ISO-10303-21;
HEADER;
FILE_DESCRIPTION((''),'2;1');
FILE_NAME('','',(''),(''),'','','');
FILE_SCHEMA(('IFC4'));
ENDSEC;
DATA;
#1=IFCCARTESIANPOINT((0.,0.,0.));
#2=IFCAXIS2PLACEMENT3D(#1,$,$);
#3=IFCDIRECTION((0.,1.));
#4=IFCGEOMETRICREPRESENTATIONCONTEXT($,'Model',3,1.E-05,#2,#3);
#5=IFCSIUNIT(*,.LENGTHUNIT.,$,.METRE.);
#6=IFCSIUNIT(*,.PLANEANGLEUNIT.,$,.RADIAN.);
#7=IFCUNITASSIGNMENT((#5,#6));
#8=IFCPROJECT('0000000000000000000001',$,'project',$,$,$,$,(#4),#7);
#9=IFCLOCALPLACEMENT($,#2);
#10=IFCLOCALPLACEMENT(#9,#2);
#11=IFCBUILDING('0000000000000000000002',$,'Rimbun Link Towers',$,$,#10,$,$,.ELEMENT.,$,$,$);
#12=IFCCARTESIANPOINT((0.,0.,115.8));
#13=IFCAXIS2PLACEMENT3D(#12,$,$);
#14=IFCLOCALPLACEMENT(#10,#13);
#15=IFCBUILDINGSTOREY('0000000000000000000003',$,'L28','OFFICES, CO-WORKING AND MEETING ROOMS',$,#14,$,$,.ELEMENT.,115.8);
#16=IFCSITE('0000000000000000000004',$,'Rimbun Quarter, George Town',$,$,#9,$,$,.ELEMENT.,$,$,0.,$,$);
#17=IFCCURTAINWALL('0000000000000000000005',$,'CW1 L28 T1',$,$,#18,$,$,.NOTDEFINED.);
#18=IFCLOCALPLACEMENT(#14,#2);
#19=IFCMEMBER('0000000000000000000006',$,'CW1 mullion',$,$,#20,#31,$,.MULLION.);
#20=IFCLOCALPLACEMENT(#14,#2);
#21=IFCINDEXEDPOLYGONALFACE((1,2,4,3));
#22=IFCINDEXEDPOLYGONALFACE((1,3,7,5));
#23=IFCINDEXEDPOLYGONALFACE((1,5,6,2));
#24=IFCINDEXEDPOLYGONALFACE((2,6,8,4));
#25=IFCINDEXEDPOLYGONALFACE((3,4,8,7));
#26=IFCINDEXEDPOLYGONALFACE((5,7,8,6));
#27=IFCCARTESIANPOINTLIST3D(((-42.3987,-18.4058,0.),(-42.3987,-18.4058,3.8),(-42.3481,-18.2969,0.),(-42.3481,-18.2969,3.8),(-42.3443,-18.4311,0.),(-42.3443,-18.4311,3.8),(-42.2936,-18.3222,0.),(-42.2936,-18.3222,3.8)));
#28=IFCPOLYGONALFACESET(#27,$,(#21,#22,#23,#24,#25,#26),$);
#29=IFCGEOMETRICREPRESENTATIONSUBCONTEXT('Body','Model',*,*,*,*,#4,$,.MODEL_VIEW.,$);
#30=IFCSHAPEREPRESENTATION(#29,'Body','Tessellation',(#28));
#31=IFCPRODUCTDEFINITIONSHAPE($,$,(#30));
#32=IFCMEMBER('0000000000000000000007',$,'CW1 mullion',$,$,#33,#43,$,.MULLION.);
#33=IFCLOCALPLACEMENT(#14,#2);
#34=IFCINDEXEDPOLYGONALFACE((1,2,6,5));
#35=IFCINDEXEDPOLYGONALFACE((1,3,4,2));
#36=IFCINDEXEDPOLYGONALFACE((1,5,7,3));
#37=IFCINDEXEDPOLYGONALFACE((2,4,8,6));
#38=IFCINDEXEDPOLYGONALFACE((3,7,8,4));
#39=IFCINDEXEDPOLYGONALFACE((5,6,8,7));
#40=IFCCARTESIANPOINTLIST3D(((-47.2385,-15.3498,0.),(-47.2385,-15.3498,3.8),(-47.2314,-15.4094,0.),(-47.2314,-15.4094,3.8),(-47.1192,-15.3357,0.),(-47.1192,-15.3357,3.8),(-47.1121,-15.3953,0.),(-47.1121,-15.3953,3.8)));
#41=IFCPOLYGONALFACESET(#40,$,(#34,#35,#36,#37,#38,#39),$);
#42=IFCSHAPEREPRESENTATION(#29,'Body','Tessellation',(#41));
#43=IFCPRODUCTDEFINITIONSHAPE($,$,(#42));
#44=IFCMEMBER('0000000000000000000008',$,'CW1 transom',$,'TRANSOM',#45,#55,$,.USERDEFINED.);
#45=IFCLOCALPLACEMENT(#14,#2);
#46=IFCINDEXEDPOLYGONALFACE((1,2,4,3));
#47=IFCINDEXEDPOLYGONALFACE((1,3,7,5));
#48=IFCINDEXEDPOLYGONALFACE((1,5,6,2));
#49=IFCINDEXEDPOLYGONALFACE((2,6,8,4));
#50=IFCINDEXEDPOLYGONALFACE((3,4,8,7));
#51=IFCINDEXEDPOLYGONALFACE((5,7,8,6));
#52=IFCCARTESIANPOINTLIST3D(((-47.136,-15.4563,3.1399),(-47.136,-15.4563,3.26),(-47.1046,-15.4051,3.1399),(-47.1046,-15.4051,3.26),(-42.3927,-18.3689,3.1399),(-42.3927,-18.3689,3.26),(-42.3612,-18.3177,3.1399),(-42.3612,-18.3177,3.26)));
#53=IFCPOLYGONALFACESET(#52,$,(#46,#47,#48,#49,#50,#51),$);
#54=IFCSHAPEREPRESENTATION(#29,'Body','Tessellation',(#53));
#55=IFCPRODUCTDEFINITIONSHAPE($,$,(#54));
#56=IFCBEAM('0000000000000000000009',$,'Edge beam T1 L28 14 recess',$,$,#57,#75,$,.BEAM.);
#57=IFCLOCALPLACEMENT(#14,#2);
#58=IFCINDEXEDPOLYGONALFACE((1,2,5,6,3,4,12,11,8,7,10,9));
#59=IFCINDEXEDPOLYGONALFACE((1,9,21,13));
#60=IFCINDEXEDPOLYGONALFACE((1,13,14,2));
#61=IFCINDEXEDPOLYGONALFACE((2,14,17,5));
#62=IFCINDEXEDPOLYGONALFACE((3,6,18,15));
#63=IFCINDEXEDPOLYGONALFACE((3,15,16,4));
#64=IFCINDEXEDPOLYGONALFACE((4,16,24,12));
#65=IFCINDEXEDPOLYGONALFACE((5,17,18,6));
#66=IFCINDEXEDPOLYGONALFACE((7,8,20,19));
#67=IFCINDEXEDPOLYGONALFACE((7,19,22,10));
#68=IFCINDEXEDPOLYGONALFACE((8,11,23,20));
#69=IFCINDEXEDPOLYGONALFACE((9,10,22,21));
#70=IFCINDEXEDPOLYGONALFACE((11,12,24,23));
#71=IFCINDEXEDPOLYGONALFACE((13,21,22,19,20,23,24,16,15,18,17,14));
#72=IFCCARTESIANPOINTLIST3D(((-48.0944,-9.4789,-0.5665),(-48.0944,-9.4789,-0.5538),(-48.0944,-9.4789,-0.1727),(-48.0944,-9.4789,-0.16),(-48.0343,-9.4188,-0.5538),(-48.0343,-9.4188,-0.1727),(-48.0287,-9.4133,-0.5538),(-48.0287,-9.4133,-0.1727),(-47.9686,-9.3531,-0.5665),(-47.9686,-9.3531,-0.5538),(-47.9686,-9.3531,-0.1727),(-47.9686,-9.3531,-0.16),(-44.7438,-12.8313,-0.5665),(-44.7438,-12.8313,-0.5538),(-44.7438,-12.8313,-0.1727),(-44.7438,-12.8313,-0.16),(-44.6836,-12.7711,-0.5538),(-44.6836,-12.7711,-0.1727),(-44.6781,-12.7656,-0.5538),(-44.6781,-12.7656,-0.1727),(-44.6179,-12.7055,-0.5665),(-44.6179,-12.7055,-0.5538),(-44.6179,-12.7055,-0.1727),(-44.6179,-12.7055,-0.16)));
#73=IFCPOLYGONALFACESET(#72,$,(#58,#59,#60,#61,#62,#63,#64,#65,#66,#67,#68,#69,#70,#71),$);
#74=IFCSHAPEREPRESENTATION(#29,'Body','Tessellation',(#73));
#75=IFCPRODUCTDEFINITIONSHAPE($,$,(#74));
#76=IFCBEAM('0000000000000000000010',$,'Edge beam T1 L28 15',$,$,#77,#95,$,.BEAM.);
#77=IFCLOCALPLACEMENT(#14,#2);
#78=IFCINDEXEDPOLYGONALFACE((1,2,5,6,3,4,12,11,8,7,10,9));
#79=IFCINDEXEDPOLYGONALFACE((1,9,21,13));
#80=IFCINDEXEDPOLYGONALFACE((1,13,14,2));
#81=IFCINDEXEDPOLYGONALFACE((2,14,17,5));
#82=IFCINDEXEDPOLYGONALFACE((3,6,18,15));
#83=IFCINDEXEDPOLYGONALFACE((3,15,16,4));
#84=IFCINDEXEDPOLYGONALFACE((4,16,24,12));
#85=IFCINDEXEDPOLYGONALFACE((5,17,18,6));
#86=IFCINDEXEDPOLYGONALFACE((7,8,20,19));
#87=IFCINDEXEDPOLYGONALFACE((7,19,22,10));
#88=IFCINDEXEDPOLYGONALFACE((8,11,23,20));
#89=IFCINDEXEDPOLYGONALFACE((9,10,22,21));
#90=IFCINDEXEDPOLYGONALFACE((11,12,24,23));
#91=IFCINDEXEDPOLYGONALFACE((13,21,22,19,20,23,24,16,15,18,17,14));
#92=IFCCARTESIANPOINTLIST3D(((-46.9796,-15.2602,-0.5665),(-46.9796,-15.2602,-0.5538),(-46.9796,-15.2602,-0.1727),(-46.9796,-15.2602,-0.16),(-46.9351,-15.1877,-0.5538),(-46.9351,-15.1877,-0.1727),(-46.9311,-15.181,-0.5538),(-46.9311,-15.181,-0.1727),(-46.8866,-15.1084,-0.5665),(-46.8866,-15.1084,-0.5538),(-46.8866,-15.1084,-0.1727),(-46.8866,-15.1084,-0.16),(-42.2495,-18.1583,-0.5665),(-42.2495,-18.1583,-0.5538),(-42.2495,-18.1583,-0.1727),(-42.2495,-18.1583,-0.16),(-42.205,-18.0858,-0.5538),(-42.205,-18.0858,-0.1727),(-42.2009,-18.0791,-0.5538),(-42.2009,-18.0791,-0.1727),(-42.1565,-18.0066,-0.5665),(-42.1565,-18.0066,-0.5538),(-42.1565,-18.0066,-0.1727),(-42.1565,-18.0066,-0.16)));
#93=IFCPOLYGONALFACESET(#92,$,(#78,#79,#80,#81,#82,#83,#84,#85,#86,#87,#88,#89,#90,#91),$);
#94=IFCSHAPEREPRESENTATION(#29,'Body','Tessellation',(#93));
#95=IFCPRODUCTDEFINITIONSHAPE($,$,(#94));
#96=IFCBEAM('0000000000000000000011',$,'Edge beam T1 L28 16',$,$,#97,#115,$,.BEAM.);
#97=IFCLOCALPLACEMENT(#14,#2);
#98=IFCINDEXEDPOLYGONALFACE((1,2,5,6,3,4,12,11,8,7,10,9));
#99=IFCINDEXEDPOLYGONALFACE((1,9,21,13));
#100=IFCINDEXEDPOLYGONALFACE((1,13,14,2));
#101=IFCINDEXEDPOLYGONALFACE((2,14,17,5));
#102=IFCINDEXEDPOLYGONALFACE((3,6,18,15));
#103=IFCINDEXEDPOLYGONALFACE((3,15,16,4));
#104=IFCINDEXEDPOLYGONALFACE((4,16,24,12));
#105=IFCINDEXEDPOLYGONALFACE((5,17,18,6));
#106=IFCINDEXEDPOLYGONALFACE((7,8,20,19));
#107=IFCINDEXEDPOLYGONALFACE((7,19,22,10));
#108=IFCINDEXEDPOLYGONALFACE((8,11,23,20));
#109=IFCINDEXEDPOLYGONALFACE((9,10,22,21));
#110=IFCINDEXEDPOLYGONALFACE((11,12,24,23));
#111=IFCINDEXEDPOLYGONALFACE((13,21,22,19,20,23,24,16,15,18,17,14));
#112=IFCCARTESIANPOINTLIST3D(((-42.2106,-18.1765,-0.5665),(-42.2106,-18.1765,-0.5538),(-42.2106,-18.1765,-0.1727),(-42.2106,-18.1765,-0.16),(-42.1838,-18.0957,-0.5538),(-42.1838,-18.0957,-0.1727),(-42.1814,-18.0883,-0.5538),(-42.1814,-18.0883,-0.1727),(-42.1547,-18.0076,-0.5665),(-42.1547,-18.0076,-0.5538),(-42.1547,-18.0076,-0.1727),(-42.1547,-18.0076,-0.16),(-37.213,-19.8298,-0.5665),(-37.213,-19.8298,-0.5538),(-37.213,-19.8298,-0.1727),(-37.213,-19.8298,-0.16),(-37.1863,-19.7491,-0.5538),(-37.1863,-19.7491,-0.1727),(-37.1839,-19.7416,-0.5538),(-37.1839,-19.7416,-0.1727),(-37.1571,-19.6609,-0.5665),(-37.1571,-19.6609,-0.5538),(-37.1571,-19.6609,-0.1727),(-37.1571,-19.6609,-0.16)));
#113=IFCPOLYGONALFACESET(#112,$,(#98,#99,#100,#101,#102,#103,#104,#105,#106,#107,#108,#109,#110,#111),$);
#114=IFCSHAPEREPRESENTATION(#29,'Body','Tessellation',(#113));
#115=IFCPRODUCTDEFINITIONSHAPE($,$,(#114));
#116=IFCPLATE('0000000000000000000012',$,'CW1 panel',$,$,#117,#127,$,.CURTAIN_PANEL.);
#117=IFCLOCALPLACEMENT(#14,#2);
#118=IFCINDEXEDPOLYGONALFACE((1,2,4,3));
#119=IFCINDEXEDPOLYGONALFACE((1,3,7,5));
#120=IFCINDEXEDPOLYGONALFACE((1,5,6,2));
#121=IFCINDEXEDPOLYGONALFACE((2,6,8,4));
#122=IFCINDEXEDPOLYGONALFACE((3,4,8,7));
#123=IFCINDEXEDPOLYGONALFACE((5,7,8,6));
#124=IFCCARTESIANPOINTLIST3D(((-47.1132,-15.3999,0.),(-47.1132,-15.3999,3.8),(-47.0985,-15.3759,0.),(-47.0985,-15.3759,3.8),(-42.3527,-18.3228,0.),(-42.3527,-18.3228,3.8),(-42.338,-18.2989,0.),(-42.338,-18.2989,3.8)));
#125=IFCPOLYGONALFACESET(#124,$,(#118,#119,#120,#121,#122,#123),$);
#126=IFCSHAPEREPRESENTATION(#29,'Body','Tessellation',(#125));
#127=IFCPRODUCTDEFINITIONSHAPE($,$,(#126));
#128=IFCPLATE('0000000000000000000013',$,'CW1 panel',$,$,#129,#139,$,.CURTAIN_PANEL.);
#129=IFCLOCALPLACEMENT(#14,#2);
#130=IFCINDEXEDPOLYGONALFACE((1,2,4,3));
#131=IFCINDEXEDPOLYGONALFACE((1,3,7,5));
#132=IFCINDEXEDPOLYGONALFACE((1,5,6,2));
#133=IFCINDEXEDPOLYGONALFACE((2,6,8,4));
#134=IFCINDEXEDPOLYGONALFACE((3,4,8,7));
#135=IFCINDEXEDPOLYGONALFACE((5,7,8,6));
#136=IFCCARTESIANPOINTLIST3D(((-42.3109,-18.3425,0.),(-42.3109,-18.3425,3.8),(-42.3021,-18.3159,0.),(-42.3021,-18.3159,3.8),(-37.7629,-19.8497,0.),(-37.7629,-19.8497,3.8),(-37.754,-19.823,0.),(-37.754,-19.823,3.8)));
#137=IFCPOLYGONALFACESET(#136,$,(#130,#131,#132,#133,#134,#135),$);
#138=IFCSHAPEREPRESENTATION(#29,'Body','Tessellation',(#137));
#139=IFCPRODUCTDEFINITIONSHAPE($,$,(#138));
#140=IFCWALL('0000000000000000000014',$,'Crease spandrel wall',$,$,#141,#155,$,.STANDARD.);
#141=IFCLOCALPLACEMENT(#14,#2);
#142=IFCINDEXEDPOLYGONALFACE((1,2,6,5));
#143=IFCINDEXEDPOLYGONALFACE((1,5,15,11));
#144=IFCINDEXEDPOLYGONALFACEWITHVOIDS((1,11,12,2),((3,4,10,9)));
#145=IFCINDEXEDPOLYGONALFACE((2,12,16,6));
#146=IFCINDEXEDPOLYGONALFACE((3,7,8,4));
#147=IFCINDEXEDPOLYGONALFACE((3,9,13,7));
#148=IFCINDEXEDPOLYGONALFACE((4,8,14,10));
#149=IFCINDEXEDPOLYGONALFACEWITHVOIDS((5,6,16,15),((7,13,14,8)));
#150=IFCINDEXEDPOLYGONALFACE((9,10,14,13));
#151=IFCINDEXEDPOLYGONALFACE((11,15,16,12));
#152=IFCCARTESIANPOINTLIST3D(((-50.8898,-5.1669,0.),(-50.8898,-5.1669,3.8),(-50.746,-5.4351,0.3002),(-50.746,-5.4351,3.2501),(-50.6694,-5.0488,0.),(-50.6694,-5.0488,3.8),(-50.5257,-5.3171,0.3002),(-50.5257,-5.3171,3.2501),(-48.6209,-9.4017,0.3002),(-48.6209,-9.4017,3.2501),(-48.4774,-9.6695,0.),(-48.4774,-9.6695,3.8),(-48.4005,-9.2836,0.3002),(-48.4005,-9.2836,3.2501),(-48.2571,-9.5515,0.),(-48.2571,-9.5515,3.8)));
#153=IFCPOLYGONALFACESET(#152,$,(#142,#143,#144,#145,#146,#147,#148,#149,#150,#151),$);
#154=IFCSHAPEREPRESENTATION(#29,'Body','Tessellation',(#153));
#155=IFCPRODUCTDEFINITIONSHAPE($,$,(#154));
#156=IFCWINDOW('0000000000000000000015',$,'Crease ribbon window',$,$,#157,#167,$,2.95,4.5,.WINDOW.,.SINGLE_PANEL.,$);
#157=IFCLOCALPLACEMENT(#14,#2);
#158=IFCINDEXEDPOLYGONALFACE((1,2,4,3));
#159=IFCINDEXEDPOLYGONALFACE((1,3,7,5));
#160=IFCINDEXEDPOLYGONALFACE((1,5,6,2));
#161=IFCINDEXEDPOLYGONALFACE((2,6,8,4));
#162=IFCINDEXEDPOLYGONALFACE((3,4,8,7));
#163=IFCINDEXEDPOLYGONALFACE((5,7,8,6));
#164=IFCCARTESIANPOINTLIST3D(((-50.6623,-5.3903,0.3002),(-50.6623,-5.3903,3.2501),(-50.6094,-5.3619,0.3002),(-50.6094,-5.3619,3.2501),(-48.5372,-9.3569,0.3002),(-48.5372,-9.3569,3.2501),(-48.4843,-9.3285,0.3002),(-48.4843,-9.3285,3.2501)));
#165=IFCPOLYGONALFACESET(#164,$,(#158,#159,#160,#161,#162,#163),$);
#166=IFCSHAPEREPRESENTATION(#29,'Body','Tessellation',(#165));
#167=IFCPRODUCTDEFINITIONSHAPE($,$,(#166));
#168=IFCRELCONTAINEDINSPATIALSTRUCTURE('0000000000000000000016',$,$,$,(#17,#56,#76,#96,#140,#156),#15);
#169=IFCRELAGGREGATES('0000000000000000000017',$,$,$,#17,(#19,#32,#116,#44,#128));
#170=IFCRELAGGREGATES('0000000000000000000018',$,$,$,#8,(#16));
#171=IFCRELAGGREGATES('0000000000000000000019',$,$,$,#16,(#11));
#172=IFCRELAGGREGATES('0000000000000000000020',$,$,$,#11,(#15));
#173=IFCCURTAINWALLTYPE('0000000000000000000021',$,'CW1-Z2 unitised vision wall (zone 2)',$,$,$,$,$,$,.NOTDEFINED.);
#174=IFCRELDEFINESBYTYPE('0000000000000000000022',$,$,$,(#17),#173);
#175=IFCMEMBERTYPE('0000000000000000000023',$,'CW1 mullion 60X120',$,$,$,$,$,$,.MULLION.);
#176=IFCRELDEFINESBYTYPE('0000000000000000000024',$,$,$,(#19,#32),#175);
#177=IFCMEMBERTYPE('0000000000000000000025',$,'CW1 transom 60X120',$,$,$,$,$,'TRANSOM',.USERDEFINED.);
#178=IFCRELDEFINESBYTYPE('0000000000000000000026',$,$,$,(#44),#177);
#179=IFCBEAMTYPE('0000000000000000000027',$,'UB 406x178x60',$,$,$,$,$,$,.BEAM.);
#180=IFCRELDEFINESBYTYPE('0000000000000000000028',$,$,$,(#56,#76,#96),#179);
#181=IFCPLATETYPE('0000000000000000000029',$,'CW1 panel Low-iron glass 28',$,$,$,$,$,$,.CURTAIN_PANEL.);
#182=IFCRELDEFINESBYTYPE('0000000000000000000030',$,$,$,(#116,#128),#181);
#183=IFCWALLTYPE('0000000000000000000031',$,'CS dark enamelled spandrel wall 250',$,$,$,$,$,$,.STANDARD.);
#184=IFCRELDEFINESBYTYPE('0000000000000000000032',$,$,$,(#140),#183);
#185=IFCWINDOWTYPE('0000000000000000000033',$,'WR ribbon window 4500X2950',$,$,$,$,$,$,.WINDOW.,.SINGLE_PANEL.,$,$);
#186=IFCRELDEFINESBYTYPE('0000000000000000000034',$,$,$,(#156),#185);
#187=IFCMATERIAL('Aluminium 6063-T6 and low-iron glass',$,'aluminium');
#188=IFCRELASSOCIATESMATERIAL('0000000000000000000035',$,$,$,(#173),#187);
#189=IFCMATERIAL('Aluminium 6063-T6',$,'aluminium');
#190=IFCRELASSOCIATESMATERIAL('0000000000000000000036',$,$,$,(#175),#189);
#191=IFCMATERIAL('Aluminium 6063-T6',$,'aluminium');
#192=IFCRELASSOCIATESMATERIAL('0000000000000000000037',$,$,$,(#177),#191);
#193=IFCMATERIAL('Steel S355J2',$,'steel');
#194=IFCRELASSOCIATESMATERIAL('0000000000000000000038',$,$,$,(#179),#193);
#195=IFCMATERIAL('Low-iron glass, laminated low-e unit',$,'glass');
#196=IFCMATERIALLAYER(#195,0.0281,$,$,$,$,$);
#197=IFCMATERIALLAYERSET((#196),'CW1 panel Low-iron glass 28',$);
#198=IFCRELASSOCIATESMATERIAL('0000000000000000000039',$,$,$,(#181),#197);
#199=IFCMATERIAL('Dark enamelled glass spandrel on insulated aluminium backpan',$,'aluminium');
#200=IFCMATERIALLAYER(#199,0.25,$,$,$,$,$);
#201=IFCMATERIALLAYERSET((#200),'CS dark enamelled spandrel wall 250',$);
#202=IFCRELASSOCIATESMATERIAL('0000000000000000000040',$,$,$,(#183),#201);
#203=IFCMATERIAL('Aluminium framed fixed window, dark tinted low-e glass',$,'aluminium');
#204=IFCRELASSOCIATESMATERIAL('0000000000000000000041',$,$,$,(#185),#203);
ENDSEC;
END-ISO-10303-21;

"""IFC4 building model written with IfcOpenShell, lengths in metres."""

from ifc_helpers import new_model, si_unit, direction, frame, frame_2d, origin, origin_2d, place, context, subcontext, project, spatial, rectangle, i_section, extrude, material, layer, layer_set, material_profile, profile_set, type_object, element, fill, aggregate, save


model = new_model("IFC4")

# Units and contexts
model_context = context("Model", 3, precision=1e-05, world=origin(), true_north=direction((0.0, 1.0)))
body_context = subcontext(model_context, "Body", "Model", "MODEL_VIEW")
ifc_project = project(units=[si_unit("LENGTHUNIT", "METRE"), si_unit("PLANEANGLEUNIT", "RADIAN")], contexts=[model_context])

# Site, building, storey
site_placement = place(None, origin())
site = spatial("IfcSite", under=ifc_project, at=site_placement, Name="Rimbun Quarter, George Town", CompositionType="ELEMENT", RefElevation=0.0)
building_placement = place(site_placement, origin())
building = spatial("IfcBuilding", under=site, at=building_placement, Name="Rimbun Link Towers", CompositionType="ELEMENT")
storey_placement = place(building_placement, frame((0.0, 0.0, 115.8)))
storey = spatial("IfcBuildingStorey", under=building, at=storey_placement, Name="L28", Description="OFFICES, CO-WORKING AND MEETING ROOMS", CompositionType="ELEMENT", Elevation=115.8)

# Curtain wall, members
ifc_material_1 = material(Name="Aluminium 6063-T6 and low-iron glass", Category="aluminium")
curtain_wall_type = type_object("IfcCurtainWallType", Name="CW1-Z2 unitised vision wall (zone 2)", PredefinedType="NOTDEFINED", material=ifc_material_1)
curtain_wall_placement = place(storey_placement, origin())
curtain_wall = element("IfcCurtainWall", 1, at=curtain_wall_placement, inside=storey, type_object=curtain_wall_type, Name="CW1 L28 T1", PredefinedType="NOTDEFINED")
ifc_material_2 = material(Name="Aluminium 6063-T6", Category="aluminium")
ifc_material_profile_1 = material_profile(ifc_material_2, rectangle(XDim=0.1201, YDim=0.0601, at=origin_2d()), Name="MULLION 60X120")
ifc_profile_set_1 = profile_set([ifc_material_profile_1], Name="Aluminium 6063-T6")
member_type_1 = type_object("IfcMemberType", Name="CW1 mullion 60X120", PredefinedType="MULLION", material=ifc_profile_set_1)
member_1_placement = place(storey_placement, frame((-42.3462, -18.364, 0.0), z_axis=(0.0, 0.0, 1.0), x_axis=(-0.421705, -0.906733, 0.0)))
member_1 = element("IfcMember", 2, at=member_1_placement, type_object=member_type_1, Name="CW1 mullion", PredefinedType="MULLION", context=body_context, shape_type="SweptSolid", body=[
    extrude(rectangle(XDim=0.1201, YDim=0.0601, at=origin_2d()), origin(), (0.0, 0.0, 1.0), 3.8),
])
member_2_placement = place(storey_placement, frame((-47.1753, -15.3726, 0.0), z_axis=(0.0, 0.0, 1.0), x_axis=(-0.99312, -0.117104, 0.0)))
member_2 = element("IfcMember", 3, at=member_2_placement, type_object=member_type_1, Name="CW1 mullion", PredefinedType="MULLION", context=body_context, shape_type="SweptSolid", body=[
    extrude(rectangle(XDim=0.1201, YDim=0.0601, at=origin_2d()), origin(), (0.0, 0.0, 1.0), 3.8),
])
ifc_material_3 = material(Name="Aluminium 6063-T6", Category="aluminium")
ifc_material_profile_2 = material_profile(ifc_material_3, rectangle(XDim=0.0601, YDim=0.1201, at=origin_2d()), Name="TRANSOM 60X120")
ifc_profile_set_2 = profile_set([ifc_material_profile_2], Name="Aluminium 6063-T6")
member_type_2 = type_object("IfcMemberType", Name="CW1 transom 60X120", ElementType="TRANSOM", PredefinedType="USERDEFINED", material=ifc_profile_set_2)
member_3_placement = place(storey_placement, frame((-42.377, -18.3433, 3.2), z_axis=(-0.852173, 0.52326, 0.0), x_axis=(-0.52326, -0.852173, 0.0)))
member_3 = element("IfcMember", 4, at=member_3_placement, type_object=member_type_2, Name="CW1 transom", ObjectType="TRANSOM", PredefinedType="USERDEFINED", context=body_context, shape_type="SweptSolid", body=[
    extrude(rectangle(XDim=0.0601, YDim=0.1201, at=origin_2d()), origin(), (0.0, 0.0, 1.0), 5.5662),
])

# Beams
ifc_material_4 = material(Name="Steel S355J2", Category="steel")
ifc_material_profile_3 = material_profile(ifc_material_4, i_section(OverallWidth=0.178, OverallDepth=0.4065, WebThickness=0.0078, FlangeThickness=0.0127, at=origin_2d()), Name="UB 406x178x60")
ifc_profile_set_3 = profile_set([ifc_material_profile_3], Name="Steel S355J2")
beam_type = type_object("IfcBeamType", Name="UB 406x178x60", PredefinedType="BEAM", material=ifc_profile_set_3)
beam_1_placement = place(storey_placement, frame((-48.0315, -9.416, -0.3633), z_axis=(0.706926, -0.707287, 0.0), x_axis=(0.707287, 0.706926, 0.0)))
element("IfcBeam", 5, at=beam_1_placement, inside=storey, type_object=beam_type, Name="Edge beam T1 L28 14 recess", PredefinedType="BEAM", context=body_context, shape_type="SweptSolid", body=[
    extrude(i_section(OverallWidth=0.178, OverallDepth=0.4065, WebThickness=0.0078, FlangeThickness=0.0127, at=origin_2d()), origin(), (0.0, 0.0, 1.0), 4.7397),
])
beam_2_placement = place(storey_placement, frame((-46.9331, -15.1843, -0.3633), z_axis=(0.85268, -0.522434, 0.0), x_axis=(0.522434, 0.85268, 0.0)))
element("IfcBeam", 6, at=beam_2_placement, inside=storey, type_object=beam_type, Name="Edge beam T1 L28 15", PredefinedType="BEAM", context=body_context, shape_type="SweptSolid", body=[
    extrude(i_section(OverallWidth=0.178, OverallDepth=0.4065, WebThickness=0.0078, FlangeThickness=0.0127, at=origin_2d()), origin(), (0.0, 0.0, 1.0), 5.5474),
])
beam_3_placement = place(storey_placement, frame((-42.1826, -18.092, -0.3633), z_axis=(0.949395, -0.314084, 0.0), x_axis=(0.314084, 0.949395, 0.0)))
element("IfcBeam", 7, at=beam_3_placement, inside=storey, type_object=beam_type, Name="Edge beam T1 L28 16", PredefinedType="BEAM", context=body_context, shape_type="SweptSolid", body=[
    extrude(i_section(OverallWidth=0.178, OverallDepth=0.4065, WebThickness=0.0078, FlangeThickness=0.0127, at=origin_2d()), origin(), (0.0, 0.0, 1.0), 5.2639),
])

# Plates
ifc_material_5 = material(Name="Low-iron glass, laminated low-e unit", Category="glass")
ifc_layer_1 = layer(ifc_material_5, 0.0281)
ifc_layer_set_1 = layer_set([ifc_layer_1], Name="CW1 panel Low-iron glass 28")
plate_type = type_object("IfcPlateType", Name="CW1 panel Low-iron glass 28", PredefinedType="CURTAIN_PANEL", material=ifc_layer_set_1)
plate_1_placement = place(storey_placement, frame((-44.7256, -16.8494, 0.0), z_axis=(0.0, 0.0, 1.0), x_axis=(-0.852183, 0.523243, 0.0)))
plate_1 = element("IfcPlate", 8, at=plate_1_placement, type_object=plate_type, Name="CW1 panel", PredefinedType="CURTAIN_PANEL", context=body_context, shape_type="SweptSolid", body=[
    extrude(rectangle(XDim=5.5862, YDim=0.0281, at=origin_2d()), origin(), (0.0, 0.0, 1.0), 3.8),
])
plate_2_placement = place(storey_placement, frame((-40.0325, -19.0828, 0.0), z_axis=(0.0, 0.0, 1.0), x_axis=(-0.949236, 0.314563, 0.0)))
plate_2 = element("IfcPlate", 9, at=plate_2_placement, type_object=plate_type, Name="CW1 panel", PredefinedType="CURTAIN_PANEL", context=body_context, shape_type="SweptSolid", body=[
    extrude(rectangle(XDim=4.7913, YDim=0.0281, at=origin_2d()), origin(), (0.0, 0.0, 1.0), 3.8),
])
aggregate(curtain_wall, [member_1, member_2, plate_1, member_3, plate_2])

# Wall, opening, window
ifc_material_6 = material(Name="Dark enamelled glass spandrel on insulated aluminium backpan", Category="aluminium")
ifc_layer_2 = layer(ifc_material_6, 0.25)
ifc_layer_set_2 = layer_set([ifc_layer_2], Name="CS dark enamelled spandrel wall 250")
wall_type_1 = type_object("IfcWallType", Name="CS dark enamelled spandrel wall 250", PredefinedType="STANDARD", material=ifc_layer_set_2)
wall_1_placement = place(storey_placement, frame((-48.3672, -9.6106, 0.0), z_axis=(0.0, 0.0, 1.0), x_axis=(-0.472252, 0.881464, 0.0)))
wall_1 = element("IfcWall", 10, at=wall_1_placement, inside=storey, type_object=wall_type_1, Name="Crease spandrel wall", PredefinedType="STANDARD", context=body_context, shape_type="SweptSolid", body=[
    extrude(rectangle(XDim=5.1082, YDim=0.25, at=frame_2d((2.5542, 0.0))), origin(), (0.0, 0.0, 1.0), 3.8),
])
opening_1_placement = place(wall_1_placement, frame((0.304, 0.0, 0.3)))
opening_1 = element("IfcOpeningElement", 11, at=opening_1_placement, cuts=wall_1, PredefinedType="OPENING", context=body_context, shape_type="SweptSolid", body=[
    extrude(rectangle(XDim=4.5, YDim=2.95, at=frame_2d((2.25, 1.4751))), frame((0.0, 0.135, 0.0), z_axis=(0.0, -1.0, 0.0), x_axis=(1.0, 0.0, 0.0)), (0.0, 0.0, 1.0), 0.27),
])
ifc_material_7 = material(Name="Aluminium framed fixed window, dark tinted low-e glass", Category="aluminium")
window_type_1 = type_object("IfcWindowType", Name="WR ribbon window 4500X2950", PartitioningType="SINGLE_PANEL", PredefinedType="WINDOW", material=ifc_material_7)
window_1_placement = place(opening_1_placement, origin())
window_1 = element("IfcWindow", 12, at=window_1_placement, inside=storey, type_object=window_type_1, Name="Crease ribbon window", OverallHeight=2.95, OverallWidth=4.5, PartitioningType="SINGLE_PANEL", PredefinedType="WINDOW", context=body_context, shape_type="SweptSolid", body=[
    extrude(rectangle(XDim=4.5, YDim=2.95, at=frame_2d((2.25, 1.4751))), frame((0.0, 0.03, 0.0), z_axis=(0.0, -1.0, 0.0), x_axis=(1.0, 0.0, 0.0)), (0.0, 0.0, 1.0), 0.0601),
])
fill(opening_1, window_1)

save(model, "model.ifc")
